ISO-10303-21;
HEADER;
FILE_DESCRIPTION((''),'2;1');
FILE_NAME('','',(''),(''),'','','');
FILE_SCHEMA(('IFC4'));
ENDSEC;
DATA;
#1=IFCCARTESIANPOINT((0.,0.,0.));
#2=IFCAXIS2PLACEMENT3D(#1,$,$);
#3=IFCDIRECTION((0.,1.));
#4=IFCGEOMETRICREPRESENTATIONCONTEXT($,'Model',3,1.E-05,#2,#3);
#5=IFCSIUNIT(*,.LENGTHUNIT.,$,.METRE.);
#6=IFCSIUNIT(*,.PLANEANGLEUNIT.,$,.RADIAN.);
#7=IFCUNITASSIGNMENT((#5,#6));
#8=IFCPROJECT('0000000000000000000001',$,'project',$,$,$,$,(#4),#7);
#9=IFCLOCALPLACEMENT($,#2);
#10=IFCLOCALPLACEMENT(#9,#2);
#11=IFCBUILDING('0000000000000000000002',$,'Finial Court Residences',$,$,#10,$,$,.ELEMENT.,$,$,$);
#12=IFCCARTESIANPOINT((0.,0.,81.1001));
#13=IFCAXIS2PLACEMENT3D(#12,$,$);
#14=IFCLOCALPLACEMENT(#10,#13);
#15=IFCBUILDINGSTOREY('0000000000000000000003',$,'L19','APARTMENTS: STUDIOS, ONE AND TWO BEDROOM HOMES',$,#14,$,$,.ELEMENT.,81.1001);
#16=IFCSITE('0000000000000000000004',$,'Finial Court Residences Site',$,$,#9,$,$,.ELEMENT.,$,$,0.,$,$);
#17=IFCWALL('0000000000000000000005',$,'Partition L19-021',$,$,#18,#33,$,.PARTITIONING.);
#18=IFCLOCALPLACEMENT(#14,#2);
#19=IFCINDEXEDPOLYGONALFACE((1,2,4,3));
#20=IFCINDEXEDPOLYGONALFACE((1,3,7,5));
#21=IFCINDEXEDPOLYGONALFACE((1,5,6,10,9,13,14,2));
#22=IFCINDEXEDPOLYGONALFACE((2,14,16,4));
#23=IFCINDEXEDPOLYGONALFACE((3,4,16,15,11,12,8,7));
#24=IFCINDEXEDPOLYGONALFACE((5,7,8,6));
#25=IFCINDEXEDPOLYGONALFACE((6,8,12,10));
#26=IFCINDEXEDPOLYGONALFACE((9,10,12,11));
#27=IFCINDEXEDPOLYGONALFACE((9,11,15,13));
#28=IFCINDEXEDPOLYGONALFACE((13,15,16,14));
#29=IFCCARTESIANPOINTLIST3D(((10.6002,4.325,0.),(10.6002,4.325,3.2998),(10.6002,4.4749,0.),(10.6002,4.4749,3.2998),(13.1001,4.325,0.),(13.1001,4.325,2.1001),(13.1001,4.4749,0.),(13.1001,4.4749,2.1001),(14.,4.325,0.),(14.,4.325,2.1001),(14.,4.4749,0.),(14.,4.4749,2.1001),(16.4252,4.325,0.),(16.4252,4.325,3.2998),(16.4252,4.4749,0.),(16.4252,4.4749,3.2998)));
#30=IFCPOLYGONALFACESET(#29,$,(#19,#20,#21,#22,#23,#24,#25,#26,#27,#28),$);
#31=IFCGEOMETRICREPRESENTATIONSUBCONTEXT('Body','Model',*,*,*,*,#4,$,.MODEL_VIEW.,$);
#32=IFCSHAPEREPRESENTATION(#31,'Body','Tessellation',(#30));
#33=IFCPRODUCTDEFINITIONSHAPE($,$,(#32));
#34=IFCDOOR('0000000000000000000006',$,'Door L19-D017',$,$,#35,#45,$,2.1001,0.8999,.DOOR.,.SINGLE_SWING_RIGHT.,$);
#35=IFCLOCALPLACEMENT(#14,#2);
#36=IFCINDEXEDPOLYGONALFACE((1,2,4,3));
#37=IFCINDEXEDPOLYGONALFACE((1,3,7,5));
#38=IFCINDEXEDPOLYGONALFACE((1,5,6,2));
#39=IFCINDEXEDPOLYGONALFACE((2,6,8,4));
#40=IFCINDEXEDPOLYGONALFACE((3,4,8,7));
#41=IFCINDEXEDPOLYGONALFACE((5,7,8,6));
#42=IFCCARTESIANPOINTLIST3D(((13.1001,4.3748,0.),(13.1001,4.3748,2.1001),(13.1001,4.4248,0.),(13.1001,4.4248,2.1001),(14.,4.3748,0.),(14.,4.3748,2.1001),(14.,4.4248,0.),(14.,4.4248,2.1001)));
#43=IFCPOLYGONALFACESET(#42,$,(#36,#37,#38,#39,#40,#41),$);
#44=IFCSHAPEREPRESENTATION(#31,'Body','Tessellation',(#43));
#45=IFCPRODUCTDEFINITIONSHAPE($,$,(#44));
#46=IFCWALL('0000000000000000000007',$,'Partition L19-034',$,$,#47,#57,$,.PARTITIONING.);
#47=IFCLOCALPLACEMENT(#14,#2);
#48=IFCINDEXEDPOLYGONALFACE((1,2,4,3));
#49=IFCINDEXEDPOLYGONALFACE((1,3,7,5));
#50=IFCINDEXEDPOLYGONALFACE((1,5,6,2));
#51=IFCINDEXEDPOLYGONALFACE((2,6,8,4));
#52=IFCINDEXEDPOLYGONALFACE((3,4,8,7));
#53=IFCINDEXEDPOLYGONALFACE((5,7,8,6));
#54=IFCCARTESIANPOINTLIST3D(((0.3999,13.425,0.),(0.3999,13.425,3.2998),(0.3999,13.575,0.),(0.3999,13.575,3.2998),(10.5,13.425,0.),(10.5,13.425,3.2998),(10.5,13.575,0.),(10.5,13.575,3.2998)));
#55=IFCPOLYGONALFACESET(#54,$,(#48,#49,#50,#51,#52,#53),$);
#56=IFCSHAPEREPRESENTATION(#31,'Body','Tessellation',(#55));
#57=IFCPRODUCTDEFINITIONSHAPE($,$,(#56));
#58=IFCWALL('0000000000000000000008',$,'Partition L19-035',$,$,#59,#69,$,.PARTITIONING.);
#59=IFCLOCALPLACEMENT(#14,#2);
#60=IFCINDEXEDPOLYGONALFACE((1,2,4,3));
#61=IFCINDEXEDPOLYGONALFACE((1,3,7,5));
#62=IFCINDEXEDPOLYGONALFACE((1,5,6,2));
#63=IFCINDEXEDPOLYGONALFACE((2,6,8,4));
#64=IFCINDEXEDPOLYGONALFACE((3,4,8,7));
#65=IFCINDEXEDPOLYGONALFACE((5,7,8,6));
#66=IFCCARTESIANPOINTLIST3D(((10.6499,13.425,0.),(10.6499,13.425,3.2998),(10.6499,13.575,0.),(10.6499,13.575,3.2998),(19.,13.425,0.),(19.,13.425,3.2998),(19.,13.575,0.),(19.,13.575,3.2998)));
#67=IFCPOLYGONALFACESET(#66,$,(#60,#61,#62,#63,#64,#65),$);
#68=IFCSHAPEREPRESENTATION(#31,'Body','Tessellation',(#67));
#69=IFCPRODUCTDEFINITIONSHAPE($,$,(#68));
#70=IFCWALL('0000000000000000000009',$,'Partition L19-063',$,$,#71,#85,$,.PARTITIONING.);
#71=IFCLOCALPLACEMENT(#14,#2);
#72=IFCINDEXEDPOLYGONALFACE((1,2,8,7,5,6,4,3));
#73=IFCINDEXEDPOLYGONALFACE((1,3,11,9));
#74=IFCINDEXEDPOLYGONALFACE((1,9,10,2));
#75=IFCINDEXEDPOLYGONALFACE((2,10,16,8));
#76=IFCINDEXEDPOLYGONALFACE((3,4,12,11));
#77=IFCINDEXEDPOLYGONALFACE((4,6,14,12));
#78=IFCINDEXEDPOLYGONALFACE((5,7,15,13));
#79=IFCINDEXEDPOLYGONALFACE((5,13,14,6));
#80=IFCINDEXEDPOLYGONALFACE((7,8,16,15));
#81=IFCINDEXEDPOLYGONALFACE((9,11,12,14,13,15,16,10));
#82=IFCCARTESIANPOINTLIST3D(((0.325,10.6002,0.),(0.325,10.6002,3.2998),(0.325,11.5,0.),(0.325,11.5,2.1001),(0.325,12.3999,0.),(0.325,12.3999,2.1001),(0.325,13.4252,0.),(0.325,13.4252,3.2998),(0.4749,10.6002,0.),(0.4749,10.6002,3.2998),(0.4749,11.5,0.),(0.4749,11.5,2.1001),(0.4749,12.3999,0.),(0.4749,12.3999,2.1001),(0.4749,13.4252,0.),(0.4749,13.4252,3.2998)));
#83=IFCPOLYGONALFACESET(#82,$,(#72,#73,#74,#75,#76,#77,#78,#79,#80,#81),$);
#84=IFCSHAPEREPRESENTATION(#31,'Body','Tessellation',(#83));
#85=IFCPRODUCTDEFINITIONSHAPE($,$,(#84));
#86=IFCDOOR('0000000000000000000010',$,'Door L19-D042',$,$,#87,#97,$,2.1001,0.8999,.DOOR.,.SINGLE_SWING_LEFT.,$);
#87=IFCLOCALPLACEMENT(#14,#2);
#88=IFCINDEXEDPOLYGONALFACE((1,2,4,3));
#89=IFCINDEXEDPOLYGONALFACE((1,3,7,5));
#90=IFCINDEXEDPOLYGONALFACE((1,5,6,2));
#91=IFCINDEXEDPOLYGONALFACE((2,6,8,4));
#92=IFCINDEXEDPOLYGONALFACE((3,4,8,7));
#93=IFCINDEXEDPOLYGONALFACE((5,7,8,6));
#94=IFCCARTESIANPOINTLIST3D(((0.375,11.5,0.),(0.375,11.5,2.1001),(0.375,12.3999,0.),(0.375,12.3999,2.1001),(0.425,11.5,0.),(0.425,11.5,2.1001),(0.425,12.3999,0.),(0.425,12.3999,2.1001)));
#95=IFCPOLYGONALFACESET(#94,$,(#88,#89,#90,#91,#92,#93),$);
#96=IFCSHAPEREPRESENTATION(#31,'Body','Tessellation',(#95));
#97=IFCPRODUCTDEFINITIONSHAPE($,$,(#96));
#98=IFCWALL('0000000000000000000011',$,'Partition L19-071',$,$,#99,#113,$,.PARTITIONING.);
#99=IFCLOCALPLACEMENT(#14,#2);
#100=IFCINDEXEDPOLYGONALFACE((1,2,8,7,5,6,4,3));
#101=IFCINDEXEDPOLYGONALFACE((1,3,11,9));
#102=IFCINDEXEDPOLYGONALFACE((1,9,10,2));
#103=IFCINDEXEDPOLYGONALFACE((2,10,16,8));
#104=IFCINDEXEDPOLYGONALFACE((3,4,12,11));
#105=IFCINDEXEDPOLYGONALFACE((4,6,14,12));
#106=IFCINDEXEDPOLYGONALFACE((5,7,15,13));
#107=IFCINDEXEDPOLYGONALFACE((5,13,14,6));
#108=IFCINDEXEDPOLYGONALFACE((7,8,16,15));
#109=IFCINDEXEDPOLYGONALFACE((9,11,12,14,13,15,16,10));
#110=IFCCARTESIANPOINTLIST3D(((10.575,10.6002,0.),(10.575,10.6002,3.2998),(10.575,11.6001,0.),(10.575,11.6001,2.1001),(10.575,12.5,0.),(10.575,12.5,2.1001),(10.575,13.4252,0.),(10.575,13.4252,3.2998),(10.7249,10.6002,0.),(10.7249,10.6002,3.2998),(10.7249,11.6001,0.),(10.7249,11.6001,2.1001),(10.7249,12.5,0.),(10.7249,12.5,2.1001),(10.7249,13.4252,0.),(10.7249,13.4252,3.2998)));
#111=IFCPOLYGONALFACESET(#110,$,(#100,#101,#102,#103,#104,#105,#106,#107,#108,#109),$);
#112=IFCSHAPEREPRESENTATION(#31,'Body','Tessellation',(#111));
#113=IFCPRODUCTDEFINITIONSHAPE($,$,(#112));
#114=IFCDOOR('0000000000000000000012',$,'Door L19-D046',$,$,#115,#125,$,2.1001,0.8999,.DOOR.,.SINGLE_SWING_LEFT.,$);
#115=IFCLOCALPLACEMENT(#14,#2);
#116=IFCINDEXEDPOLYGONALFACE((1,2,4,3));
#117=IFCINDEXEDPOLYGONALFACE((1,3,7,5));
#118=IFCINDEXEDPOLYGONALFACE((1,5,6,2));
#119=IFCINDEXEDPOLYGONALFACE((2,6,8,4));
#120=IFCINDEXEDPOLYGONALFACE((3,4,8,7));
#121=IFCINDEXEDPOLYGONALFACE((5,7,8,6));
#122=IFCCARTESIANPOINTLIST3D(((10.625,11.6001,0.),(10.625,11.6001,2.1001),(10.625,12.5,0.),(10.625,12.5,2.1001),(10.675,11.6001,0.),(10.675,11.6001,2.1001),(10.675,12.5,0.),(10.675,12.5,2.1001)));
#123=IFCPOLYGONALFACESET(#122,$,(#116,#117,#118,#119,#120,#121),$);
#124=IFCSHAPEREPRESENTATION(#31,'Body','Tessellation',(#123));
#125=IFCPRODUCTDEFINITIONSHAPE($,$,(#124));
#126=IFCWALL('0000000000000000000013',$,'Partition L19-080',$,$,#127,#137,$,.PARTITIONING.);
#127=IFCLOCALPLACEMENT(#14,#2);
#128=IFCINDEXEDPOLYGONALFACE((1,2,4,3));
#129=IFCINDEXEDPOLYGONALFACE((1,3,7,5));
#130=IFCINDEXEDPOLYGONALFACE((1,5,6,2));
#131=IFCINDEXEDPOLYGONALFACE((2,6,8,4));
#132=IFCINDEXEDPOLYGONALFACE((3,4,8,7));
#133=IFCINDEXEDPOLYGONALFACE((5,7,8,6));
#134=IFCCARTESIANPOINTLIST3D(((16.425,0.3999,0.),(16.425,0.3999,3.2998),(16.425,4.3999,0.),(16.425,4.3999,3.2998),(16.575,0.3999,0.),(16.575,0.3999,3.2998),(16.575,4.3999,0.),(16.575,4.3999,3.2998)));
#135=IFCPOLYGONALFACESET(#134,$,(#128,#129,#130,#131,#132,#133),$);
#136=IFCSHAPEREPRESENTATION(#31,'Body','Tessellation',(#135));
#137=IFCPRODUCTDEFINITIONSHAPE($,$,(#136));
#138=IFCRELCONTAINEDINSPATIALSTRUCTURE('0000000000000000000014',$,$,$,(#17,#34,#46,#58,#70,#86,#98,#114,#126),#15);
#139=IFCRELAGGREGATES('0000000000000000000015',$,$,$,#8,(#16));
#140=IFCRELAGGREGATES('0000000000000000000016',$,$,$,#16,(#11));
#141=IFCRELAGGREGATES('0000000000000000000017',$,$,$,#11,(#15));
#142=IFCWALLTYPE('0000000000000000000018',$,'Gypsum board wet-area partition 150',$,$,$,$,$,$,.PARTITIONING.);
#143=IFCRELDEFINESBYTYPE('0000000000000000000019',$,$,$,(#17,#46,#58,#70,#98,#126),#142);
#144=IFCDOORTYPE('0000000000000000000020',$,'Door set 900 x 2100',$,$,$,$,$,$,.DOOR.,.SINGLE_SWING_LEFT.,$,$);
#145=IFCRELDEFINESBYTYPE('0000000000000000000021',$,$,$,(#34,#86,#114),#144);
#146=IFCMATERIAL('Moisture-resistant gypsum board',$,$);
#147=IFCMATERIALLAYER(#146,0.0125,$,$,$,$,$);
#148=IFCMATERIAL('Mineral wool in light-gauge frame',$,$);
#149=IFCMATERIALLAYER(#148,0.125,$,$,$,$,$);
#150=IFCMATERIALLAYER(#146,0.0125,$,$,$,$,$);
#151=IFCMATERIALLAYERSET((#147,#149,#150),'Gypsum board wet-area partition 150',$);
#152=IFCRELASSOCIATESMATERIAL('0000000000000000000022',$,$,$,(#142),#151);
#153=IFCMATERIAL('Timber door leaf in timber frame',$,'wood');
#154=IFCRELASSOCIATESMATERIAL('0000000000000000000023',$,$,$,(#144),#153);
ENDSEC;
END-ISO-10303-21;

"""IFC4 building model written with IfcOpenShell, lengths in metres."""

from ifc_helpers import new_model, si_unit, direction, frame, frame_2d, origin, place, context, subcontext, project, spatial, rectangle, extrude, material, layer, layer_set, type_object, element, fill, save


model = new_model("IFC4")

# Units and contexts
model_context = context("Model", 3, precision=1e-05, world=origin(), true_north=direction((0.0, 1.0)))
body_context = subcontext(model_context, "Body", "Model", "MODEL_VIEW")
ifc_project = project(units=[si_unit("LENGTHUNIT", "METRE"), si_unit("PLANEANGLEUNIT", "RADIAN")], contexts=[model_context])

# Site, building, storey
site_placement = place(None, origin())
site = spatial("IfcSite", under=ifc_project, at=site_placement, Name="Finial Court Residences Site", CompositionType="ELEMENT", RefElevation=0.0)
building_placement = place(site_placement, origin())
building = spatial("IfcBuilding", under=site, at=building_placement, Name="Finial Court Residences", CompositionType="ELEMENT")
storey_placement = place(building_placement, frame((0.0, 0.0, 81.1001)))
storey = spatial("IfcBuildingStorey", under=building, at=storey_placement, Name="L19", Description="APARTMENTS: STUDIOS, ONE AND TWO BEDROOM HOMES", CompositionType="ELEMENT", Elevation=81.1001)

# Wall, opening, door
ifc_material_1 = material(Name="Moisture-resistant gypsum board")
ifc_layer_1 = layer(ifc_material_1, 0.0125)
ifc_material_2 = material(Name="Mineral wool in light-gauge frame")
ifc_layer_2 = layer(ifc_material_2, 0.125)
ifc_layer_3 = layer(ifc_material_1, 0.0125)
ifc_layer_set_1 = layer_set([ifc_layer_1, ifc_layer_2, ifc_layer_3], Name="Gypsum board wet-area partition 150")
wall_type_1 = type_object("IfcWallType", Name="Gypsum board wet-area partition 150", PredefinedType="PARTITIONING", material=ifc_layer_set_1)
ifc_material_3 = material(Name="Timber door leaf in timber frame", Category="wood")
door_type = type_object("IfcDoorType", Name="Door set 900 x 2100", OperationType="SINGLE_SWING_LEFT", PredefinedType="DOOR", material=ifc_material_3)
wall_1_placement = place(storey_placement, frame((10.6001, 4.3999, 0.0), z_axis=(0.0, 0.0, 1.0), x_axis=(1.0, 0.0, 0.0)))
wall_1 = element("IfcWall", 1, at=wall_1_placement, inside=storey, type_object=wall_type_1, Name="Partition L19-021", PredefinedType="PARTITIONING", context=body_context, shape_type="SweptSolid", body=[
    extrude(rectangle(XDim=5.825, YDim=0.1499, at=frame_2d((2.9126, 0.0))), origin(), (0.0, 0.0, 1.0), 3.2998),
])
opening_1_placement = place(wall_1_placement, frame((2.5, 0.0, 0.0)))
opening_1 = element("IfcOpeningElement", 2, at=opening_1_placement, cuts=wall_1, PredefinedType="OPENING", context=body_context, shape_type="SweptSolid", body=[
    extrude(rectangle(XDim=0.8999, YDim=2.1001, at=frame_2d((0.45, 1.05))), frame((0.0, 0.085, 0.0), z_axis=(0.0, -1.0, 0.0), x_axis=(1.0, 0.0, 0.0)), (0.0, 0.0, 1.0), 0.1699),
])
door_1_placement = place(opening_1_placement, origin())
door_1 = element("IfcDoor", 3, at=door_1_placement, inside=storey, type_object=door_type, Name="Door L19-D017", OperationType="SINGLE_SWING_RIGHT", OverallHeight=2.1001, OverallWidth=0.8999, PredefinedType="DOOR", context=body_context, shape_type="SweptSolid", body=[
    extrude(rectangle(XDim=0.8999, YDim=2.1001, at=frame_2d((0.45, 1.05))), frame((0.0, 0.0249, 0.0), z_axis=(0.0, -1.0, 0.0), x_axis=(1.0, 0.0, 0.0)), (0.0, 0.0, 1.0), 0.05),
])
fill(opening_1, door_1)

# Walls
wall_2_placement = place(storey_placement, frame((0.3999, 13.5, 0.0), z_axis=(0.0, 0.0, 1.0), x_axis=(1.0, 0.0, 0.0)))
element("IfcWall", 4, at=wall_2_placement, inside=storey, type_object=wall_type_1, Name="Partition L19-034", PredefinedType="PARTITIONING", context=body_context, shape_type="SweptSolid", body=[
    extrude(rectangle(XDim=10.1001, YDim=0.1499, at=frame_2d((5.05, 0.0))), origin(), (0.0, 0.0, 1.0), 3.2998),
])
wall_3_placement = place(storey_placement, frame((10.6499, 13.5, 0.0), z_axis=(0.0, 0.0, 1.0), x_axis=(1.0, 0.0, 0.0)))
element("IfcWall", 5, at=wall_3_placement, inside=storey, type_object=wall_type_1, Name="Partition L19-035", PredefinedType="PARTITIONING", context=body_context, shape_type="SweptSolid", body=[
    extrude(rectangle(XDim=8.3501, YDim=0.1499, at=frame_2d((4.175, 0.0))), origin(), (0.0, 0.0, 1.0), 3.2998),
])

# Walls, openings, doors
wall_4_placement = place(storey_placement, frame((0.3999, 10.6001, 0.0), z_axis=(0.0, 0.0, 1.0), x_axis=(0.0, 1.0, 0.0)))
wall_4 = element("IfcWall", 6, at=wall_4_placement, inside=storey, type_object=wall_type_1, Name="Partition L19-063", PredefinedType="PARTITIONING", context=body_context, shape_type="SweptSolid", body=[
    extrude(rectangle(XDim=2.825, YDim=0.1499, at=frame_2d((1.4126, 0.0))), origin(), (0.0, 0.0, 1.0), 3.2998),
])
opening_2_placement = place(wall_4_placement, frame((0.8999, 0.0, 0.0)))
opening_2 = element("IfcOpeningElement", 7, at=opening_2_placement, cuts=wall_4, PredefinedType="OPENING", context=body_context, shape_type="SweptSolid", body=[
    extrude(rectangle(XDim=0.8999, YDim=2.1001, at=frame_2d((0.45, 1.05))), frame((0.0, 0.085, 0.0), z_axis=(0.0, -1.0, 0.0), x_axis=(1.0, 0.0, 0.0)), (0.0, 0.0, 1.0), 0.1699),
])
door_2_placement = place(opening_2_placement, origin())
door_2 = element("IfcDoor", 8, at=door_2_placement, inside=storey, type_object=door_type, Name="Door L19-D042", OperationType="SINGLE_SWING_LEFT", OverallHeight=2.1001, OverallWidth=0.8999, PredefinedType="DOOR", context=body_context, shape_type="SweptSolid", body=[
    extrude(rectangle(XDim=0.8999, YDim=2.1001, at=frame_2d((0.45, 1.05))), frame((0.0, 0.0249, 0.0), z_axis=(0.0, -1.0, 0.0), x_axis=(1.0, 0.0, 0.0)), (0.0, 0.0, 1.0), 0.05),
])
fill(opening_2, door_2)
wall_5_placement = place(storey_placement, frame((10.6499, 10.6001, 0.0), z_axis=(0.0, 0.0, 1.0), x_axis=(0.0, 1.0, 0.0)))
wall_5 = element("IfcWall", 9, at=wall_5_placement, inside=storey, type_object=wall_type_1, Name="Partition L19-071", PredefinedType="PARTITIONING", context=body_context, shape_type="SweptSolid", body=[
    extrude(rectangle(XDim=2.825, YDim=0.1499, at=frame_2d((1.4126, 0.0))), origin(), (0.0, 0.0, 1.0), 3.2998),
])
opening_3_placement = place(wall_5_placement, frame((1.0, 0.0, 0.0)))
opening_3 = element("IfcOpeningElement", 10, at=opening_3_placement, cuts=wall_5, PredefinedType="OPENING", context=body_context, shape_type="SweptSolid", body=[
    extrude(rectangle(XDim=0.8999, YDim=2.1001, at=frame_2d((0.45, 1.05))), frame((0.0, 0.085, 0.0), z_axis=(0.0, -1.0, 0.0), x_axis=(1.0, 0.0, 0.0)), (0.0, 0.0, 1.0), 0.1699),
])
door_3_placement = place(opening_3_placement, origin())
door_3 = element("IfcDoor", 11, at=door_3_placement, inside=storey, type_object=door_type, Name="Door L19-D046", OperationType="SINGLE_SWING_LEFT", OverallHeight=2.1001, OverallWidth=0.8999, PredefinedType="DOOR", context=body_context, shape_type="SweptSolid", body=[
    extrude(rectangle(XDim=0.8999, YDim=2.1001, at=frame_2d((0.45, 1.05))), frame((0.0, 0.0249, 0.0), z_axis=(0.0, -1.0, 0.0), x_axis=(1.0, 0.0, 0.0)), (0.0, 0.0, 1.0), 0.05),
])
fill(opening_3, door_3)

# Wall
wall_6_placement = place(storey_placement, frame((16.5, 0.3999, 0.0), z_axis=(0.0, 0.0, 1.0), x_axis=(0.0, 1.0, 0.0)))
element("IfcWall", 12, at=wall_6_placement, inside=storey, type_object=wall_type_1, Name="Partition L19-080", PredefinedType="PARTITIONING", context=body_context, shape_type="SweptSolid", body=[
    extrude(rectangle(XDim=4.0, YDim=0.1499, at=frame_2d((2.0, 0.0))), origin(), (0.0, 0.0, 1.0), 3.2998),
])

save(model, "model.ifc")
